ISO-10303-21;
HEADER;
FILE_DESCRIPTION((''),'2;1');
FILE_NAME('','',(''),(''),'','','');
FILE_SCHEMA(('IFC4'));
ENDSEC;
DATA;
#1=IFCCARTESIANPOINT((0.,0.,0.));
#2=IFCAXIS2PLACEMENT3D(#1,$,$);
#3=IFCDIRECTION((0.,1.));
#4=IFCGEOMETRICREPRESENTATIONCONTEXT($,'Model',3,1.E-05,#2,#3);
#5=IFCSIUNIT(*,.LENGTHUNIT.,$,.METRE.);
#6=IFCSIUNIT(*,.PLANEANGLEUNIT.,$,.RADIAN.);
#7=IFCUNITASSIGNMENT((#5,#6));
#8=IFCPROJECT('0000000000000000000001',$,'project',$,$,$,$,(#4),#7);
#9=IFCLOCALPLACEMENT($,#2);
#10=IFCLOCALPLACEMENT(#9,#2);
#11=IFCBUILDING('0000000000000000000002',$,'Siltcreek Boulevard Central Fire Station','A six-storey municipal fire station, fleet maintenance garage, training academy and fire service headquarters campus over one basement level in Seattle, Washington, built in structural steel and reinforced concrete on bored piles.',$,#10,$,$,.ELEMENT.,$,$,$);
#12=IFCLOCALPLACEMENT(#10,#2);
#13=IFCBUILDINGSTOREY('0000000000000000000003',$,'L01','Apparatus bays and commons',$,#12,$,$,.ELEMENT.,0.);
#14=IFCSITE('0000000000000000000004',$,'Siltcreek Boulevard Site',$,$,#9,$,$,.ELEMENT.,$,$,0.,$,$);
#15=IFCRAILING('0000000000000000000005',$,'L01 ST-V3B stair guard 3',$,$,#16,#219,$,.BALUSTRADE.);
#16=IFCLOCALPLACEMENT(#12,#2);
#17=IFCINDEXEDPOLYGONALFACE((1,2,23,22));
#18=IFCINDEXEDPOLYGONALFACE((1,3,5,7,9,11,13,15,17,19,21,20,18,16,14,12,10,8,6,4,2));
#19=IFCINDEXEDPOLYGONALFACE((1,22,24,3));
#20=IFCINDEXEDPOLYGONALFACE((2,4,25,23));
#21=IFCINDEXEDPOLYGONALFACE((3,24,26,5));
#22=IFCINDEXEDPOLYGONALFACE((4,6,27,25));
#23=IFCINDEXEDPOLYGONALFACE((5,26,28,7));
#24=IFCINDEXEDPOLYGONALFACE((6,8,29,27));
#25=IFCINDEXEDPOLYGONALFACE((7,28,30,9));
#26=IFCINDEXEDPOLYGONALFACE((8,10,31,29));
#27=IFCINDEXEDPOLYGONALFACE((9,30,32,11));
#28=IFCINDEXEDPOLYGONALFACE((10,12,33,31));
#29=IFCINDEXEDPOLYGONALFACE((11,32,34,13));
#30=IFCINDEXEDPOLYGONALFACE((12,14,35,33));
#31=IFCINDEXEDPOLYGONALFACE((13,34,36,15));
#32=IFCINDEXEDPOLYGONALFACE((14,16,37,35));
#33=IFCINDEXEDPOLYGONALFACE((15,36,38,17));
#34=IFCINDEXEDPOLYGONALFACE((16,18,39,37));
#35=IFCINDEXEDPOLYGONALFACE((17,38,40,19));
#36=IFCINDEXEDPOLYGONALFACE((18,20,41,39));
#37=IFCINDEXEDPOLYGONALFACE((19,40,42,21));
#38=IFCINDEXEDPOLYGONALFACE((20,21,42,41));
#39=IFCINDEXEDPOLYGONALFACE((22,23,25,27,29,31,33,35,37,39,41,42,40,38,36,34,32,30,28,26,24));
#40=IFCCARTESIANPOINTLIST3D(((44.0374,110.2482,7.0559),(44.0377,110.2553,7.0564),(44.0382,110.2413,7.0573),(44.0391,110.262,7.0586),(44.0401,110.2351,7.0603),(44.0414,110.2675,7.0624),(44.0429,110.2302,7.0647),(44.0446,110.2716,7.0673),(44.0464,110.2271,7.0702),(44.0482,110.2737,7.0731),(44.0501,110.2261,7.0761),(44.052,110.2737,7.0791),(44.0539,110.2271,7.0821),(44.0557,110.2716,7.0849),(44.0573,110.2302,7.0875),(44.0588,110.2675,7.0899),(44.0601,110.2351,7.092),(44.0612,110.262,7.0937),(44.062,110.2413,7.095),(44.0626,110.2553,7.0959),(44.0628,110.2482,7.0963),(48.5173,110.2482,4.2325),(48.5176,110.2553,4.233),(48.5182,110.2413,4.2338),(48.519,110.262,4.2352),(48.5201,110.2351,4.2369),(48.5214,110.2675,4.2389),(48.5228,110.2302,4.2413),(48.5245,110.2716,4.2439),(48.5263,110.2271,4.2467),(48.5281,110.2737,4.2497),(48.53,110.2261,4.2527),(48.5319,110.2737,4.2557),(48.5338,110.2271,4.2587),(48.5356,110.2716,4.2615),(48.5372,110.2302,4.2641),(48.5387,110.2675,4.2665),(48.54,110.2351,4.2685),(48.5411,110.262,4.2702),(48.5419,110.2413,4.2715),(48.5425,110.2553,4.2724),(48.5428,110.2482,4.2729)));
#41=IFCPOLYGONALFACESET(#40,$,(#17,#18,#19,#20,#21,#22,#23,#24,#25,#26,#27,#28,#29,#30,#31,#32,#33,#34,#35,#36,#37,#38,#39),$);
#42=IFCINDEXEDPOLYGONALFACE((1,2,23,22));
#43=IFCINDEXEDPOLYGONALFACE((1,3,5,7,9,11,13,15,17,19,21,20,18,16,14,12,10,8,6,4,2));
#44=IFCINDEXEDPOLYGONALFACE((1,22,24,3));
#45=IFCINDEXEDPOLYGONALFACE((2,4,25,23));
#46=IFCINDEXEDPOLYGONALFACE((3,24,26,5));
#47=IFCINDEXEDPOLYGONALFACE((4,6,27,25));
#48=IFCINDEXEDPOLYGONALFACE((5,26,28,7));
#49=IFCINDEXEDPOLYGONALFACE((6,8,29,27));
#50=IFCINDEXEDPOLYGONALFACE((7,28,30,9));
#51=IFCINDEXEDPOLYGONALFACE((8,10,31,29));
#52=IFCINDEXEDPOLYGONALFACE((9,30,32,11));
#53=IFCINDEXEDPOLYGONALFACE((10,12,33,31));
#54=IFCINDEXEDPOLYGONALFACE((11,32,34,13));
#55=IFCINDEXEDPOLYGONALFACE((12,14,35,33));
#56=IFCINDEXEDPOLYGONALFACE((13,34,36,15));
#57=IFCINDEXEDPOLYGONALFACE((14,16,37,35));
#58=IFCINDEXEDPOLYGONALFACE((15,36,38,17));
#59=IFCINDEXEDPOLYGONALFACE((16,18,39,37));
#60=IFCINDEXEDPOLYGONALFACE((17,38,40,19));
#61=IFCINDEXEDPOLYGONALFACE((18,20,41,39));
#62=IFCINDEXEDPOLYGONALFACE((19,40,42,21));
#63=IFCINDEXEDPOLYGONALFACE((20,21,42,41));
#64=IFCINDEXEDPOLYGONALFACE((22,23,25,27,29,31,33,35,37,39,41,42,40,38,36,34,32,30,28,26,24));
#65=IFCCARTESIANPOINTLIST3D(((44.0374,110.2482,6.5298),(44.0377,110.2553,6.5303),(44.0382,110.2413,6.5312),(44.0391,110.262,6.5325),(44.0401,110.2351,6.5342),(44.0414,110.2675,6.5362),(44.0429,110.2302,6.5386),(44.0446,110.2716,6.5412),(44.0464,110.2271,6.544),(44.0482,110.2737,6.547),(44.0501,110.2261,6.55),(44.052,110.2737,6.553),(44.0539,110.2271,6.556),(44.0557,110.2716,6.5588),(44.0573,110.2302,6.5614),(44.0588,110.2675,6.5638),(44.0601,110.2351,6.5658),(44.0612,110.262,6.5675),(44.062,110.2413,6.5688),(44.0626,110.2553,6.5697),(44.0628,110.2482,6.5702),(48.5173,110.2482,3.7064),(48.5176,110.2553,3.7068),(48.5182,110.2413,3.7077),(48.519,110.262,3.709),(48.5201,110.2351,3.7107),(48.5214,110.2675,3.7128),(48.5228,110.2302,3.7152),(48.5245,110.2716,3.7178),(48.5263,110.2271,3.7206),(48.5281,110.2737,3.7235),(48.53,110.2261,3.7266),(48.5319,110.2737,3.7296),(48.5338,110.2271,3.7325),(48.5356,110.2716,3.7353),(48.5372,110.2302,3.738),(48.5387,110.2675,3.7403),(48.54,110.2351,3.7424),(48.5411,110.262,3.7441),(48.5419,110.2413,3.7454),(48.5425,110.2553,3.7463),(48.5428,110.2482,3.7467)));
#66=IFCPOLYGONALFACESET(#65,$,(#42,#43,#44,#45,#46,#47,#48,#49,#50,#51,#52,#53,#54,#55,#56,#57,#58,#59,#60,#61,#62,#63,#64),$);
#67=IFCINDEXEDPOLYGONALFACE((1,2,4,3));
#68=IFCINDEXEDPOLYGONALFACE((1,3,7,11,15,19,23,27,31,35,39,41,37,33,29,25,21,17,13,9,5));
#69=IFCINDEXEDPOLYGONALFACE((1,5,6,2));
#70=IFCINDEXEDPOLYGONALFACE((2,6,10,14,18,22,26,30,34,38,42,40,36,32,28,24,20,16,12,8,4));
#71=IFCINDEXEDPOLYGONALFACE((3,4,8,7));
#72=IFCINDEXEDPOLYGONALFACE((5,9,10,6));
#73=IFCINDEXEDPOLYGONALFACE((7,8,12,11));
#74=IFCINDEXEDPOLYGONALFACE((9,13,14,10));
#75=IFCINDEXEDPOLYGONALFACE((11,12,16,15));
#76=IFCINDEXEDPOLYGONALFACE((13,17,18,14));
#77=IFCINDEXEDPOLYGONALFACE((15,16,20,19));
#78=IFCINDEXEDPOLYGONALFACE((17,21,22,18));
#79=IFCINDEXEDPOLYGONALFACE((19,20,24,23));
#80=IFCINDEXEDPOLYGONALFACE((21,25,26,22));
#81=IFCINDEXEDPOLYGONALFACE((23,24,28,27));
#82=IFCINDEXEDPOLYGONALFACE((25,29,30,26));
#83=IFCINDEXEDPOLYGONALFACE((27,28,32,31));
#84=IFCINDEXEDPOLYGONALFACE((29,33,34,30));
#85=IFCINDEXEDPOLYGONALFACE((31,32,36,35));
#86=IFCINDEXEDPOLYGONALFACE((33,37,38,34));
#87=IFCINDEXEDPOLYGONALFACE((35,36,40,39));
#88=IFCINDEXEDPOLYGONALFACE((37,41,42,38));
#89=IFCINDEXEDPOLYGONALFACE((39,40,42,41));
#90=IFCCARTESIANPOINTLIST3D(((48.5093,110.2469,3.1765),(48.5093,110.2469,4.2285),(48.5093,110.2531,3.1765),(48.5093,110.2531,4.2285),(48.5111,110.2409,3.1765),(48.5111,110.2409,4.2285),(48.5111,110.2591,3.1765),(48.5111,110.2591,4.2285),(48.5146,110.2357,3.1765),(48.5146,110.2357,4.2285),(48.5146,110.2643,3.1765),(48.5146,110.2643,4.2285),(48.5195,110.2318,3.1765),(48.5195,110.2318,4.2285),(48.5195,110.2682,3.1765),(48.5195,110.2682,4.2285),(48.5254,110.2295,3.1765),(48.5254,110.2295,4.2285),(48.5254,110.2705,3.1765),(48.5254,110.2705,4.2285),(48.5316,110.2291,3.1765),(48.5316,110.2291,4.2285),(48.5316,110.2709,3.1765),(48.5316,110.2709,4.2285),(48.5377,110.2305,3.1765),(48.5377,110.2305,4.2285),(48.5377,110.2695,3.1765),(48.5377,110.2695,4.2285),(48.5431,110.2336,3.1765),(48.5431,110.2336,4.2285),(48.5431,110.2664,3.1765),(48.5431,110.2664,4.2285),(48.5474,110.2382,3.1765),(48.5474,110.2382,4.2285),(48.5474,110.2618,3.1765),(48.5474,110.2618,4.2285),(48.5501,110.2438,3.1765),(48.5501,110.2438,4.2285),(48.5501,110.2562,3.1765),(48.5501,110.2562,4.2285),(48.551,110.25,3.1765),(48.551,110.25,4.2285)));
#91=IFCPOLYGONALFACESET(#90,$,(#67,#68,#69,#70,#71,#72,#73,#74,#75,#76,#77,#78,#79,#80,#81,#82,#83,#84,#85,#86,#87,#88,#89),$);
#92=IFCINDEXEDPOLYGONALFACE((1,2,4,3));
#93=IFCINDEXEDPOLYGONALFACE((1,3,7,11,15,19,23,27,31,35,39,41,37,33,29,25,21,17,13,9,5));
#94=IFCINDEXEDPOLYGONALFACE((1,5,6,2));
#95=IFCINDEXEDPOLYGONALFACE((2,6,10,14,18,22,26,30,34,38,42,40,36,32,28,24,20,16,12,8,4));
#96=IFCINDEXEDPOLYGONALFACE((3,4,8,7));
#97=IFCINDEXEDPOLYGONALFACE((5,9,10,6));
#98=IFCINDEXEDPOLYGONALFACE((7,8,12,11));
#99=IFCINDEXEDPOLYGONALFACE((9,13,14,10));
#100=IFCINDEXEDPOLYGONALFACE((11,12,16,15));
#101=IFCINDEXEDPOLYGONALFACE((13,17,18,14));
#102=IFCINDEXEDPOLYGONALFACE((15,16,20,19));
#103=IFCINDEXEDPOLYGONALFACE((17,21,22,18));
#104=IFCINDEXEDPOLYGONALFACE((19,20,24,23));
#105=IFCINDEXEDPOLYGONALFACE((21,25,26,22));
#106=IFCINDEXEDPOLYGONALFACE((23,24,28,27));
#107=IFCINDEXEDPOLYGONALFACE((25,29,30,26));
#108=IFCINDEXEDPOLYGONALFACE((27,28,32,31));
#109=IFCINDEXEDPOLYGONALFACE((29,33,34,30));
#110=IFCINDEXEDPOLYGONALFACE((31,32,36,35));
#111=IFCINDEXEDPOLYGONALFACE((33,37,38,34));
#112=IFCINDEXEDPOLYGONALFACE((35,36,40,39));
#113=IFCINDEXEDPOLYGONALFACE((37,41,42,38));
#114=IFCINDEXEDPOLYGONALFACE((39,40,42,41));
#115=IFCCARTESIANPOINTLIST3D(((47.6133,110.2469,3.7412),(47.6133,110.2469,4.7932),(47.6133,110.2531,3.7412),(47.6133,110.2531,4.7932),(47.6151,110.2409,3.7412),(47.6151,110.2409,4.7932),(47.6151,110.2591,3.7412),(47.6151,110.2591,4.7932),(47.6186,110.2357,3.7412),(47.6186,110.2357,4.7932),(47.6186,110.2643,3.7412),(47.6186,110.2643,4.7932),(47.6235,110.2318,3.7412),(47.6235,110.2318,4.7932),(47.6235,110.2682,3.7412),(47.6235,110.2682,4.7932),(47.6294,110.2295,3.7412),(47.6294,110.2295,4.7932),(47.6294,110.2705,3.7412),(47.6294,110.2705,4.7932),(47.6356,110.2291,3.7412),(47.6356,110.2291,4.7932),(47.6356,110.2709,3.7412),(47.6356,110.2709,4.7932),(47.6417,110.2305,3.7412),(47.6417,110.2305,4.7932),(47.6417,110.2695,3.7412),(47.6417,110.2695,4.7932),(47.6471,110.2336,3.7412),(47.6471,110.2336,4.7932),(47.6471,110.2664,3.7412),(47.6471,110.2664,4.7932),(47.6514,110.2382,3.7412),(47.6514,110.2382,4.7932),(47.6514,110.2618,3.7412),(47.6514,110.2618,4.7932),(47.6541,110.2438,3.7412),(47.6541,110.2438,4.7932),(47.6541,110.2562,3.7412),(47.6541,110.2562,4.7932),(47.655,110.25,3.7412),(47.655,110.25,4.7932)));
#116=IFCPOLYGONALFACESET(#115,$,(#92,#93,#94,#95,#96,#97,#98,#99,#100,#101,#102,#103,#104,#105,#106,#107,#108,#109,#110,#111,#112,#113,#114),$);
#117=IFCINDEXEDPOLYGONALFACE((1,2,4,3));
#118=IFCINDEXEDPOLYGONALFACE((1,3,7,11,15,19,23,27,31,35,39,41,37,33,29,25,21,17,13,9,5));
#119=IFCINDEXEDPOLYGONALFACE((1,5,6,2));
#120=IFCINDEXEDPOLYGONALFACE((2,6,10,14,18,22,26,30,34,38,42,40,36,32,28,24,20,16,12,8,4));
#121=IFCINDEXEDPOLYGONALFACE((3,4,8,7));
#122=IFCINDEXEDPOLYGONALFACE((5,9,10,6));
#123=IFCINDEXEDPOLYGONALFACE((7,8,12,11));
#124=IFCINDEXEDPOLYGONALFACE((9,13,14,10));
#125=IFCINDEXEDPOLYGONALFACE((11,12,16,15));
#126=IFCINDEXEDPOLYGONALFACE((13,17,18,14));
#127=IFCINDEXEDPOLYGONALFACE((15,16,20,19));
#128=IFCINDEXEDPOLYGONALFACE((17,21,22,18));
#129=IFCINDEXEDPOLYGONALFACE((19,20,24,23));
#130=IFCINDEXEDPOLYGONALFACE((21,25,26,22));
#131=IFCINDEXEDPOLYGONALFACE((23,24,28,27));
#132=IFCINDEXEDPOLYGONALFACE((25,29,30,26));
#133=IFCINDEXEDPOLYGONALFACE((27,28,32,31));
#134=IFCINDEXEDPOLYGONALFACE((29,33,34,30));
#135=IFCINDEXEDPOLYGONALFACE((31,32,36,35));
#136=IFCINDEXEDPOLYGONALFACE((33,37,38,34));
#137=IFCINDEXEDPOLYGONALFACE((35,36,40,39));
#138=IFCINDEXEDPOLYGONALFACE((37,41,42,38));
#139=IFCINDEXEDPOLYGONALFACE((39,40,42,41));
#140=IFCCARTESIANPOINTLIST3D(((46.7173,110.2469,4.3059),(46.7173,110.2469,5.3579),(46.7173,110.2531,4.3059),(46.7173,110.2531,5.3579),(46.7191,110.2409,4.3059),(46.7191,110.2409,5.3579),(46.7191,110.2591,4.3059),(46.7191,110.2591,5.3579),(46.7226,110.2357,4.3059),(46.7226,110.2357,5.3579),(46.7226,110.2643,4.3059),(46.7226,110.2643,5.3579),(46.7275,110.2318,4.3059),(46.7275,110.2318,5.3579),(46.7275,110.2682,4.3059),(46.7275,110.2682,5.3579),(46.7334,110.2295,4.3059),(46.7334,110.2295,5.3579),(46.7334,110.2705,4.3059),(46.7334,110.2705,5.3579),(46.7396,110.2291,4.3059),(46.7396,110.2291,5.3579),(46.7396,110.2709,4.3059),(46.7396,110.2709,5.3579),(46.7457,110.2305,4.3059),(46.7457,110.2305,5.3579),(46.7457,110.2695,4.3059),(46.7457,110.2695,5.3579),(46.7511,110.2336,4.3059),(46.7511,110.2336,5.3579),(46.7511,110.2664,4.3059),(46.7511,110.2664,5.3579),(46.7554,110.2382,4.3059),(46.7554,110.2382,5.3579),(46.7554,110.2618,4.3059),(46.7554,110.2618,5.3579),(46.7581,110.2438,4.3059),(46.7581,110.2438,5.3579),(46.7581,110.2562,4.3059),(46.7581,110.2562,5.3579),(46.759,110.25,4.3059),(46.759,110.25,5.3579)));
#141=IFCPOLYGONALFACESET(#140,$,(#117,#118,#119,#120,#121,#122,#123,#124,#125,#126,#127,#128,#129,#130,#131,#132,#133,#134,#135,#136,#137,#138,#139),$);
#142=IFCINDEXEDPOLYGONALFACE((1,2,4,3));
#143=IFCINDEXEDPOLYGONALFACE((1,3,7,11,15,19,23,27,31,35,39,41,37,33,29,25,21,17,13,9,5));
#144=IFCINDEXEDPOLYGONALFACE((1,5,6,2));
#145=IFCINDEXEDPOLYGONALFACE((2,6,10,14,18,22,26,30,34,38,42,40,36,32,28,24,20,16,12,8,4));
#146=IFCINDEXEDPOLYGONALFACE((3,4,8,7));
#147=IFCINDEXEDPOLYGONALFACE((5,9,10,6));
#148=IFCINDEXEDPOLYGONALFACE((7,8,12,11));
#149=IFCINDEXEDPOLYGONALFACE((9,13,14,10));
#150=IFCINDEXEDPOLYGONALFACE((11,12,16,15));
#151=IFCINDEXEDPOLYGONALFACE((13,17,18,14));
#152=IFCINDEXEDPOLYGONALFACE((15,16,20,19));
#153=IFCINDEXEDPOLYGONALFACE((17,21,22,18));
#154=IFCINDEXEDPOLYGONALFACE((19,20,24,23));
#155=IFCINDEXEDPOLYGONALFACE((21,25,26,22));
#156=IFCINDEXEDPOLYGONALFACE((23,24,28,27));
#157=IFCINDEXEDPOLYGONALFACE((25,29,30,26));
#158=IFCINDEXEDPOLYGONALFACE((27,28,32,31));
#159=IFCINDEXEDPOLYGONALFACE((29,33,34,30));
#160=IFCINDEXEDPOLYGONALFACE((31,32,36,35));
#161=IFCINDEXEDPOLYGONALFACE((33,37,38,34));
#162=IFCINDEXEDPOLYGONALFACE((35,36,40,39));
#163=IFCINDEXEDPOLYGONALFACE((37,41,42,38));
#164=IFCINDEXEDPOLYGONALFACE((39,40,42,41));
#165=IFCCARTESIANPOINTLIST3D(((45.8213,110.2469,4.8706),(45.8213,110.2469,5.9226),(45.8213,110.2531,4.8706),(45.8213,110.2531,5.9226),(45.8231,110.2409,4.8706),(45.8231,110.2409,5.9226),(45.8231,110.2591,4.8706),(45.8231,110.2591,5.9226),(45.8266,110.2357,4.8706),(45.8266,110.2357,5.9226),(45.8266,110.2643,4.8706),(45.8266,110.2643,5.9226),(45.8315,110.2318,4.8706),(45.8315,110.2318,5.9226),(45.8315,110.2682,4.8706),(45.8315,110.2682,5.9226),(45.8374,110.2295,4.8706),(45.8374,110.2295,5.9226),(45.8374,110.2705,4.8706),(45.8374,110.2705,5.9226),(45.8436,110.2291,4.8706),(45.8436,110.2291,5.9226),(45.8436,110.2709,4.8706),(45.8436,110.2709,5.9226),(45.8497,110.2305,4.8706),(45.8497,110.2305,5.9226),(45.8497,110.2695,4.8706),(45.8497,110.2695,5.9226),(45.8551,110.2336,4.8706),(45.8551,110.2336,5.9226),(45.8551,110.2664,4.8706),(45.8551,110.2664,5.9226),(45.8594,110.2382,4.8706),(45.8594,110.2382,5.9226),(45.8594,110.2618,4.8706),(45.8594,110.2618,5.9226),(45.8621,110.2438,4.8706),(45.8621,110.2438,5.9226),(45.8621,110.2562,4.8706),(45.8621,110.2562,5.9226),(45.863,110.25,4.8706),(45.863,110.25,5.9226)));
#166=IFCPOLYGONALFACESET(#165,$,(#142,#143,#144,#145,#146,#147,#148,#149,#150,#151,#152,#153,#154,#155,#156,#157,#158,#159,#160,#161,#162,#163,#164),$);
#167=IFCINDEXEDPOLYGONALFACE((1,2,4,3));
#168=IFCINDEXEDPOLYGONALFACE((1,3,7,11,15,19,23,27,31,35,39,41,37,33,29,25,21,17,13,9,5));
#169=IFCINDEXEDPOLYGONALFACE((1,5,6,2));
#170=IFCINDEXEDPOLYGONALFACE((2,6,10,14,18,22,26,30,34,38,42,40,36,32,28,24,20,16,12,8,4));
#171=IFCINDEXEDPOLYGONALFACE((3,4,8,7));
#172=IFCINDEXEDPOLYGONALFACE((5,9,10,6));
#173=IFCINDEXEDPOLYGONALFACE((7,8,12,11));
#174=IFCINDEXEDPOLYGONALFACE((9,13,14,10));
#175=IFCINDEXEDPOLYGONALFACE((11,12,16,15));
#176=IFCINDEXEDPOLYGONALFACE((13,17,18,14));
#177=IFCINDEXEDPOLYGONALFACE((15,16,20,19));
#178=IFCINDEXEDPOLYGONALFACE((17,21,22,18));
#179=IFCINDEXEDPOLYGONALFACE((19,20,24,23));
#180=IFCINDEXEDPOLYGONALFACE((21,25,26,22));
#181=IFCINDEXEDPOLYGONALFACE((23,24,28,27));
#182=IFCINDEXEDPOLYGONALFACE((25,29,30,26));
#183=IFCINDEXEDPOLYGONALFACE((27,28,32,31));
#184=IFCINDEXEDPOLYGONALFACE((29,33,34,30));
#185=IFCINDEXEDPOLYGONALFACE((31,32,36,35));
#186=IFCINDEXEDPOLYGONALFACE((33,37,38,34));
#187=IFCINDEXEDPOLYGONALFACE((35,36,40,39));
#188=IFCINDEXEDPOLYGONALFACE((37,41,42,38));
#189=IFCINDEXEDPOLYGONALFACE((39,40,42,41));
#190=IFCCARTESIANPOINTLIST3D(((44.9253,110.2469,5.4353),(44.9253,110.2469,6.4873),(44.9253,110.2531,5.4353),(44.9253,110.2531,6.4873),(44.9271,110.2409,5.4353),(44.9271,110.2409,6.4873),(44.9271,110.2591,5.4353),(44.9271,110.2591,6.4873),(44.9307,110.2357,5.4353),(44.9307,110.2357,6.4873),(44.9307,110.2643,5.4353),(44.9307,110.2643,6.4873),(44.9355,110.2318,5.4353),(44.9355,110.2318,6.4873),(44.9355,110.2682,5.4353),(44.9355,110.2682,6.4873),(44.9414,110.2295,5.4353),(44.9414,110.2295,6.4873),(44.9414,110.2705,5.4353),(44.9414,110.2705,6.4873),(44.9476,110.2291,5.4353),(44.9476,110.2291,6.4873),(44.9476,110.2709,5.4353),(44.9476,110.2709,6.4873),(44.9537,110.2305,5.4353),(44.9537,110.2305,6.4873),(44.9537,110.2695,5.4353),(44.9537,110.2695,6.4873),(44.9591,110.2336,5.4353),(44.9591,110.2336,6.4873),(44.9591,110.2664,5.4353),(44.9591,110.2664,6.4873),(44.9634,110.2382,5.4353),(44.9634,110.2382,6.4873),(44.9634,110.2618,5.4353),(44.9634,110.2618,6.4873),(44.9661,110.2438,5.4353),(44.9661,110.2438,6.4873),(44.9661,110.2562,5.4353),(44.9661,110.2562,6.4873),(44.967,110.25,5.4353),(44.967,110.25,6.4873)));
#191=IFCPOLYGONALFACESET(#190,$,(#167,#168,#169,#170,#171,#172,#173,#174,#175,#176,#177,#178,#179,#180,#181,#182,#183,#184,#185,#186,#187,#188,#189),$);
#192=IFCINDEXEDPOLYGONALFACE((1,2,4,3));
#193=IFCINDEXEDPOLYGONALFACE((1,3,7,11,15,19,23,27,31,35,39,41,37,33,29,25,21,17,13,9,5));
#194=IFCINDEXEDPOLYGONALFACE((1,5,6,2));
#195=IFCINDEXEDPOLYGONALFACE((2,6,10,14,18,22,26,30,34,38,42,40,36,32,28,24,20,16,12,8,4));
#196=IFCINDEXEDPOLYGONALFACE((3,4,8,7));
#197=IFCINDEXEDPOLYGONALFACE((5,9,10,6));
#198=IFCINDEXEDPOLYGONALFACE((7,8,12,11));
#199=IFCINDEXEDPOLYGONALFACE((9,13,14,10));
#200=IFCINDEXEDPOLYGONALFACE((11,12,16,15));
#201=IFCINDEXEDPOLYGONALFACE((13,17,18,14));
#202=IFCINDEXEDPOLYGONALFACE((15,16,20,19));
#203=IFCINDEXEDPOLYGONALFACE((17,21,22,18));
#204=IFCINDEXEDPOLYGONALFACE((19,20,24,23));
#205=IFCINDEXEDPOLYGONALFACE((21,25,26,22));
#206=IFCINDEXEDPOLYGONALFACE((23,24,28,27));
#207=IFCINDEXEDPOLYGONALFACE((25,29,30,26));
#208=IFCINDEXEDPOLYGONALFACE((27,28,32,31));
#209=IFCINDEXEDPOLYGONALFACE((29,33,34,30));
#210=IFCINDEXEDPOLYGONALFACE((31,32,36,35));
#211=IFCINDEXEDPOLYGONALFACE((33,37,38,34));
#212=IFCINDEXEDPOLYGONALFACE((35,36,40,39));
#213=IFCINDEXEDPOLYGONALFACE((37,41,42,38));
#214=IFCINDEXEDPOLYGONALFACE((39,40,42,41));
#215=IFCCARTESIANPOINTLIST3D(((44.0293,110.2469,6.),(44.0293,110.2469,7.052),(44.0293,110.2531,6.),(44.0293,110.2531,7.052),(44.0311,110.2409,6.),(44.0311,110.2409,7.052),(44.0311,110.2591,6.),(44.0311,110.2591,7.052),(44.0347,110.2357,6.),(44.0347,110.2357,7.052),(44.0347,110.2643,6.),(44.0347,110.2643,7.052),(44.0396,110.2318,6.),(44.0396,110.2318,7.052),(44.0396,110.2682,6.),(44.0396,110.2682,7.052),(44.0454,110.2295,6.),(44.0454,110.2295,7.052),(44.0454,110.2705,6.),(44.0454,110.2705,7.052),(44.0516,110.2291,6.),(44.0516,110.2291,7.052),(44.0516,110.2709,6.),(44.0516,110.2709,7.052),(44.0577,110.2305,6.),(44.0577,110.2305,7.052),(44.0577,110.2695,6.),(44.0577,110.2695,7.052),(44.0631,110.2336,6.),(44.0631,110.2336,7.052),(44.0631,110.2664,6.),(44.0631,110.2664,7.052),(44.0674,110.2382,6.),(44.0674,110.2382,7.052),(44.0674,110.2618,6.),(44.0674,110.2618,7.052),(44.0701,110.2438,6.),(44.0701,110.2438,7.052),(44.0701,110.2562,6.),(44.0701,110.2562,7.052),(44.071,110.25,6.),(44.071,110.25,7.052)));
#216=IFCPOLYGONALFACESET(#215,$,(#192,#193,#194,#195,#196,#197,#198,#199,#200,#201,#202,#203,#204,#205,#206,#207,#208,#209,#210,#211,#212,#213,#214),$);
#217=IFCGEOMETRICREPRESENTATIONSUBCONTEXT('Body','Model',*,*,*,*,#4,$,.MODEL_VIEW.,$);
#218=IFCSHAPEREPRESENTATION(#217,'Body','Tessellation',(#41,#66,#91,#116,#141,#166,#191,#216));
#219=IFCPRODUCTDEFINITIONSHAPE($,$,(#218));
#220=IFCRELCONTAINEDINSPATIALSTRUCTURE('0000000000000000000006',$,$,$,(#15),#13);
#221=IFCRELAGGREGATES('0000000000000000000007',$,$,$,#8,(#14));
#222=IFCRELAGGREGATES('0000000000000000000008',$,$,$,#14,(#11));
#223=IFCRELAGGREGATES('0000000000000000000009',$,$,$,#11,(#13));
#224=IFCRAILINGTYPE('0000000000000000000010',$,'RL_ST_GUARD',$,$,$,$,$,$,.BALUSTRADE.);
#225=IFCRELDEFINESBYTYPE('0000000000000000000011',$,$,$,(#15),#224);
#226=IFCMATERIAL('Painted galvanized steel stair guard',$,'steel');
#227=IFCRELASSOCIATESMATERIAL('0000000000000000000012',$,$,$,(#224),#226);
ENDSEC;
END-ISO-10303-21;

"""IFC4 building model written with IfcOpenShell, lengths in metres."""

from ifc_helpers import new_model, si_unit, direction, frame, origin, origin_2d, place, context, subcontext, project, spatial, circle, extrude, material, type_object, element, save


model = new_model("IFC4")

# Units and contexts
model_context = context("Model", 3, precision=1e-05, world=origin(), true_north=direction((0.0, 1.0)))
body_context = subcontext(model_context, "Body", "Model", "MODEL_VIEW")
ifc_project = project(units=[si_unit("LENGTHUNIT", "METRE"), si_unit("PLANEANGLEUNIT", "RADIAN")], contexts=[model_context])

# Site, building, storey
site_placement = place(None, origin())
site = spatial("IfcSite", under=ifc_project, at=site_placement, Name="Siltcreek Boulevard Site", CompositionType="ELEMENT", RefElevation=0.0)
building_placement = place(site_placement, origin())
building = spatial("IfcBuilding", under=site, at=building_placement, Name="Siltcreek Boulevard Central Fire Station", Description="A six-storey municipal fire station, fleet maintenance garage, training academy and fire service headquarters campus over one basement level in Seattle, Washington, built in structural steel and reinforced concrete on bored piles.", CompositionType="ELEMENT")
storey_placement = place(building_placement, origin())
storey = spatial("IfcBuildingStorey", under=building, at=storey_placement, Name="L01", Description="Apparatus bays and commons", CompositionType="ELEMENT", Elevation=0.0)

# Railing
ifc_material_1 = material(Name="Painted galvanized steel stair guard", Category="steel")
railing_type_1 = type_object("IfcRailingType", Name="RL_ST_GUARD", PredefinedType="BALUSTRADE", material=ifc_material_1)
railing_1_placement = place(storey_placement, frame((48.53, 110.25, 3.1765)))
element("IfcRailing", 1, at=railing_1_placement, inside=storey, type_object=railing_type_1, Name="L01 ST-V3B stair guard 3", PredefinedType="BALUSTRADE", context=body_context, shape_type="SweptSolid", body=[
    extrude(circle(Radius=0.0239, at=origin_2d()), frame((0.0, 0.0, 1.0762), z_axis=(-0.845998, 0.0, 0.533186), x_axis=(0.0, -1.0, 0.0)), (0.0, 0.0, 1.0), 5.2954),
    extrude(circle(Radius=0.0239, at=origin_2d()), frame((0.0, 0.0, 0.55), z_axis=(-0.845998, 0.0, 0.533186), x_axis=(0.0, -1.0, 0.0)), (0.0, 0.0, 1.0), 5.2954),
    extrude(circle(Radius=0.021, at=origin_2d()), origin(), (0.0, 0.0, 1.0), 1.052),
    extrude(circle(Radius=0.021, at=origin_2d()), frame((-0.896, 0.0, 0.5647)), (0.0, 0.0, 1.0), 1.052),
    extrude(circle(Radius=0.021, at=origin_2d()), frame((-1.792, 0.0, 1.1294)), (0.0, 0.0, 1.0), 1.052),
    extrude(circle(Radius=0.021, at=origin_2d()), frame((-2.688, 0.0, 1.6941)), (0.0, 0.0, 1.0), 1.052),
    extrude(circle(Radius=0.021, at=origin_2d()), frame((-3.584, 0.0, 2.2588)), (0.0, 0.0, 1.0), 1.052),
    extrude(circle(Radius=0.021, at=origin_2d()), frame((-4.48, 0.0, 2.8235)), (0.0, 0.0, 1.0), 1.052),
])

save(model, "model.ifc")
